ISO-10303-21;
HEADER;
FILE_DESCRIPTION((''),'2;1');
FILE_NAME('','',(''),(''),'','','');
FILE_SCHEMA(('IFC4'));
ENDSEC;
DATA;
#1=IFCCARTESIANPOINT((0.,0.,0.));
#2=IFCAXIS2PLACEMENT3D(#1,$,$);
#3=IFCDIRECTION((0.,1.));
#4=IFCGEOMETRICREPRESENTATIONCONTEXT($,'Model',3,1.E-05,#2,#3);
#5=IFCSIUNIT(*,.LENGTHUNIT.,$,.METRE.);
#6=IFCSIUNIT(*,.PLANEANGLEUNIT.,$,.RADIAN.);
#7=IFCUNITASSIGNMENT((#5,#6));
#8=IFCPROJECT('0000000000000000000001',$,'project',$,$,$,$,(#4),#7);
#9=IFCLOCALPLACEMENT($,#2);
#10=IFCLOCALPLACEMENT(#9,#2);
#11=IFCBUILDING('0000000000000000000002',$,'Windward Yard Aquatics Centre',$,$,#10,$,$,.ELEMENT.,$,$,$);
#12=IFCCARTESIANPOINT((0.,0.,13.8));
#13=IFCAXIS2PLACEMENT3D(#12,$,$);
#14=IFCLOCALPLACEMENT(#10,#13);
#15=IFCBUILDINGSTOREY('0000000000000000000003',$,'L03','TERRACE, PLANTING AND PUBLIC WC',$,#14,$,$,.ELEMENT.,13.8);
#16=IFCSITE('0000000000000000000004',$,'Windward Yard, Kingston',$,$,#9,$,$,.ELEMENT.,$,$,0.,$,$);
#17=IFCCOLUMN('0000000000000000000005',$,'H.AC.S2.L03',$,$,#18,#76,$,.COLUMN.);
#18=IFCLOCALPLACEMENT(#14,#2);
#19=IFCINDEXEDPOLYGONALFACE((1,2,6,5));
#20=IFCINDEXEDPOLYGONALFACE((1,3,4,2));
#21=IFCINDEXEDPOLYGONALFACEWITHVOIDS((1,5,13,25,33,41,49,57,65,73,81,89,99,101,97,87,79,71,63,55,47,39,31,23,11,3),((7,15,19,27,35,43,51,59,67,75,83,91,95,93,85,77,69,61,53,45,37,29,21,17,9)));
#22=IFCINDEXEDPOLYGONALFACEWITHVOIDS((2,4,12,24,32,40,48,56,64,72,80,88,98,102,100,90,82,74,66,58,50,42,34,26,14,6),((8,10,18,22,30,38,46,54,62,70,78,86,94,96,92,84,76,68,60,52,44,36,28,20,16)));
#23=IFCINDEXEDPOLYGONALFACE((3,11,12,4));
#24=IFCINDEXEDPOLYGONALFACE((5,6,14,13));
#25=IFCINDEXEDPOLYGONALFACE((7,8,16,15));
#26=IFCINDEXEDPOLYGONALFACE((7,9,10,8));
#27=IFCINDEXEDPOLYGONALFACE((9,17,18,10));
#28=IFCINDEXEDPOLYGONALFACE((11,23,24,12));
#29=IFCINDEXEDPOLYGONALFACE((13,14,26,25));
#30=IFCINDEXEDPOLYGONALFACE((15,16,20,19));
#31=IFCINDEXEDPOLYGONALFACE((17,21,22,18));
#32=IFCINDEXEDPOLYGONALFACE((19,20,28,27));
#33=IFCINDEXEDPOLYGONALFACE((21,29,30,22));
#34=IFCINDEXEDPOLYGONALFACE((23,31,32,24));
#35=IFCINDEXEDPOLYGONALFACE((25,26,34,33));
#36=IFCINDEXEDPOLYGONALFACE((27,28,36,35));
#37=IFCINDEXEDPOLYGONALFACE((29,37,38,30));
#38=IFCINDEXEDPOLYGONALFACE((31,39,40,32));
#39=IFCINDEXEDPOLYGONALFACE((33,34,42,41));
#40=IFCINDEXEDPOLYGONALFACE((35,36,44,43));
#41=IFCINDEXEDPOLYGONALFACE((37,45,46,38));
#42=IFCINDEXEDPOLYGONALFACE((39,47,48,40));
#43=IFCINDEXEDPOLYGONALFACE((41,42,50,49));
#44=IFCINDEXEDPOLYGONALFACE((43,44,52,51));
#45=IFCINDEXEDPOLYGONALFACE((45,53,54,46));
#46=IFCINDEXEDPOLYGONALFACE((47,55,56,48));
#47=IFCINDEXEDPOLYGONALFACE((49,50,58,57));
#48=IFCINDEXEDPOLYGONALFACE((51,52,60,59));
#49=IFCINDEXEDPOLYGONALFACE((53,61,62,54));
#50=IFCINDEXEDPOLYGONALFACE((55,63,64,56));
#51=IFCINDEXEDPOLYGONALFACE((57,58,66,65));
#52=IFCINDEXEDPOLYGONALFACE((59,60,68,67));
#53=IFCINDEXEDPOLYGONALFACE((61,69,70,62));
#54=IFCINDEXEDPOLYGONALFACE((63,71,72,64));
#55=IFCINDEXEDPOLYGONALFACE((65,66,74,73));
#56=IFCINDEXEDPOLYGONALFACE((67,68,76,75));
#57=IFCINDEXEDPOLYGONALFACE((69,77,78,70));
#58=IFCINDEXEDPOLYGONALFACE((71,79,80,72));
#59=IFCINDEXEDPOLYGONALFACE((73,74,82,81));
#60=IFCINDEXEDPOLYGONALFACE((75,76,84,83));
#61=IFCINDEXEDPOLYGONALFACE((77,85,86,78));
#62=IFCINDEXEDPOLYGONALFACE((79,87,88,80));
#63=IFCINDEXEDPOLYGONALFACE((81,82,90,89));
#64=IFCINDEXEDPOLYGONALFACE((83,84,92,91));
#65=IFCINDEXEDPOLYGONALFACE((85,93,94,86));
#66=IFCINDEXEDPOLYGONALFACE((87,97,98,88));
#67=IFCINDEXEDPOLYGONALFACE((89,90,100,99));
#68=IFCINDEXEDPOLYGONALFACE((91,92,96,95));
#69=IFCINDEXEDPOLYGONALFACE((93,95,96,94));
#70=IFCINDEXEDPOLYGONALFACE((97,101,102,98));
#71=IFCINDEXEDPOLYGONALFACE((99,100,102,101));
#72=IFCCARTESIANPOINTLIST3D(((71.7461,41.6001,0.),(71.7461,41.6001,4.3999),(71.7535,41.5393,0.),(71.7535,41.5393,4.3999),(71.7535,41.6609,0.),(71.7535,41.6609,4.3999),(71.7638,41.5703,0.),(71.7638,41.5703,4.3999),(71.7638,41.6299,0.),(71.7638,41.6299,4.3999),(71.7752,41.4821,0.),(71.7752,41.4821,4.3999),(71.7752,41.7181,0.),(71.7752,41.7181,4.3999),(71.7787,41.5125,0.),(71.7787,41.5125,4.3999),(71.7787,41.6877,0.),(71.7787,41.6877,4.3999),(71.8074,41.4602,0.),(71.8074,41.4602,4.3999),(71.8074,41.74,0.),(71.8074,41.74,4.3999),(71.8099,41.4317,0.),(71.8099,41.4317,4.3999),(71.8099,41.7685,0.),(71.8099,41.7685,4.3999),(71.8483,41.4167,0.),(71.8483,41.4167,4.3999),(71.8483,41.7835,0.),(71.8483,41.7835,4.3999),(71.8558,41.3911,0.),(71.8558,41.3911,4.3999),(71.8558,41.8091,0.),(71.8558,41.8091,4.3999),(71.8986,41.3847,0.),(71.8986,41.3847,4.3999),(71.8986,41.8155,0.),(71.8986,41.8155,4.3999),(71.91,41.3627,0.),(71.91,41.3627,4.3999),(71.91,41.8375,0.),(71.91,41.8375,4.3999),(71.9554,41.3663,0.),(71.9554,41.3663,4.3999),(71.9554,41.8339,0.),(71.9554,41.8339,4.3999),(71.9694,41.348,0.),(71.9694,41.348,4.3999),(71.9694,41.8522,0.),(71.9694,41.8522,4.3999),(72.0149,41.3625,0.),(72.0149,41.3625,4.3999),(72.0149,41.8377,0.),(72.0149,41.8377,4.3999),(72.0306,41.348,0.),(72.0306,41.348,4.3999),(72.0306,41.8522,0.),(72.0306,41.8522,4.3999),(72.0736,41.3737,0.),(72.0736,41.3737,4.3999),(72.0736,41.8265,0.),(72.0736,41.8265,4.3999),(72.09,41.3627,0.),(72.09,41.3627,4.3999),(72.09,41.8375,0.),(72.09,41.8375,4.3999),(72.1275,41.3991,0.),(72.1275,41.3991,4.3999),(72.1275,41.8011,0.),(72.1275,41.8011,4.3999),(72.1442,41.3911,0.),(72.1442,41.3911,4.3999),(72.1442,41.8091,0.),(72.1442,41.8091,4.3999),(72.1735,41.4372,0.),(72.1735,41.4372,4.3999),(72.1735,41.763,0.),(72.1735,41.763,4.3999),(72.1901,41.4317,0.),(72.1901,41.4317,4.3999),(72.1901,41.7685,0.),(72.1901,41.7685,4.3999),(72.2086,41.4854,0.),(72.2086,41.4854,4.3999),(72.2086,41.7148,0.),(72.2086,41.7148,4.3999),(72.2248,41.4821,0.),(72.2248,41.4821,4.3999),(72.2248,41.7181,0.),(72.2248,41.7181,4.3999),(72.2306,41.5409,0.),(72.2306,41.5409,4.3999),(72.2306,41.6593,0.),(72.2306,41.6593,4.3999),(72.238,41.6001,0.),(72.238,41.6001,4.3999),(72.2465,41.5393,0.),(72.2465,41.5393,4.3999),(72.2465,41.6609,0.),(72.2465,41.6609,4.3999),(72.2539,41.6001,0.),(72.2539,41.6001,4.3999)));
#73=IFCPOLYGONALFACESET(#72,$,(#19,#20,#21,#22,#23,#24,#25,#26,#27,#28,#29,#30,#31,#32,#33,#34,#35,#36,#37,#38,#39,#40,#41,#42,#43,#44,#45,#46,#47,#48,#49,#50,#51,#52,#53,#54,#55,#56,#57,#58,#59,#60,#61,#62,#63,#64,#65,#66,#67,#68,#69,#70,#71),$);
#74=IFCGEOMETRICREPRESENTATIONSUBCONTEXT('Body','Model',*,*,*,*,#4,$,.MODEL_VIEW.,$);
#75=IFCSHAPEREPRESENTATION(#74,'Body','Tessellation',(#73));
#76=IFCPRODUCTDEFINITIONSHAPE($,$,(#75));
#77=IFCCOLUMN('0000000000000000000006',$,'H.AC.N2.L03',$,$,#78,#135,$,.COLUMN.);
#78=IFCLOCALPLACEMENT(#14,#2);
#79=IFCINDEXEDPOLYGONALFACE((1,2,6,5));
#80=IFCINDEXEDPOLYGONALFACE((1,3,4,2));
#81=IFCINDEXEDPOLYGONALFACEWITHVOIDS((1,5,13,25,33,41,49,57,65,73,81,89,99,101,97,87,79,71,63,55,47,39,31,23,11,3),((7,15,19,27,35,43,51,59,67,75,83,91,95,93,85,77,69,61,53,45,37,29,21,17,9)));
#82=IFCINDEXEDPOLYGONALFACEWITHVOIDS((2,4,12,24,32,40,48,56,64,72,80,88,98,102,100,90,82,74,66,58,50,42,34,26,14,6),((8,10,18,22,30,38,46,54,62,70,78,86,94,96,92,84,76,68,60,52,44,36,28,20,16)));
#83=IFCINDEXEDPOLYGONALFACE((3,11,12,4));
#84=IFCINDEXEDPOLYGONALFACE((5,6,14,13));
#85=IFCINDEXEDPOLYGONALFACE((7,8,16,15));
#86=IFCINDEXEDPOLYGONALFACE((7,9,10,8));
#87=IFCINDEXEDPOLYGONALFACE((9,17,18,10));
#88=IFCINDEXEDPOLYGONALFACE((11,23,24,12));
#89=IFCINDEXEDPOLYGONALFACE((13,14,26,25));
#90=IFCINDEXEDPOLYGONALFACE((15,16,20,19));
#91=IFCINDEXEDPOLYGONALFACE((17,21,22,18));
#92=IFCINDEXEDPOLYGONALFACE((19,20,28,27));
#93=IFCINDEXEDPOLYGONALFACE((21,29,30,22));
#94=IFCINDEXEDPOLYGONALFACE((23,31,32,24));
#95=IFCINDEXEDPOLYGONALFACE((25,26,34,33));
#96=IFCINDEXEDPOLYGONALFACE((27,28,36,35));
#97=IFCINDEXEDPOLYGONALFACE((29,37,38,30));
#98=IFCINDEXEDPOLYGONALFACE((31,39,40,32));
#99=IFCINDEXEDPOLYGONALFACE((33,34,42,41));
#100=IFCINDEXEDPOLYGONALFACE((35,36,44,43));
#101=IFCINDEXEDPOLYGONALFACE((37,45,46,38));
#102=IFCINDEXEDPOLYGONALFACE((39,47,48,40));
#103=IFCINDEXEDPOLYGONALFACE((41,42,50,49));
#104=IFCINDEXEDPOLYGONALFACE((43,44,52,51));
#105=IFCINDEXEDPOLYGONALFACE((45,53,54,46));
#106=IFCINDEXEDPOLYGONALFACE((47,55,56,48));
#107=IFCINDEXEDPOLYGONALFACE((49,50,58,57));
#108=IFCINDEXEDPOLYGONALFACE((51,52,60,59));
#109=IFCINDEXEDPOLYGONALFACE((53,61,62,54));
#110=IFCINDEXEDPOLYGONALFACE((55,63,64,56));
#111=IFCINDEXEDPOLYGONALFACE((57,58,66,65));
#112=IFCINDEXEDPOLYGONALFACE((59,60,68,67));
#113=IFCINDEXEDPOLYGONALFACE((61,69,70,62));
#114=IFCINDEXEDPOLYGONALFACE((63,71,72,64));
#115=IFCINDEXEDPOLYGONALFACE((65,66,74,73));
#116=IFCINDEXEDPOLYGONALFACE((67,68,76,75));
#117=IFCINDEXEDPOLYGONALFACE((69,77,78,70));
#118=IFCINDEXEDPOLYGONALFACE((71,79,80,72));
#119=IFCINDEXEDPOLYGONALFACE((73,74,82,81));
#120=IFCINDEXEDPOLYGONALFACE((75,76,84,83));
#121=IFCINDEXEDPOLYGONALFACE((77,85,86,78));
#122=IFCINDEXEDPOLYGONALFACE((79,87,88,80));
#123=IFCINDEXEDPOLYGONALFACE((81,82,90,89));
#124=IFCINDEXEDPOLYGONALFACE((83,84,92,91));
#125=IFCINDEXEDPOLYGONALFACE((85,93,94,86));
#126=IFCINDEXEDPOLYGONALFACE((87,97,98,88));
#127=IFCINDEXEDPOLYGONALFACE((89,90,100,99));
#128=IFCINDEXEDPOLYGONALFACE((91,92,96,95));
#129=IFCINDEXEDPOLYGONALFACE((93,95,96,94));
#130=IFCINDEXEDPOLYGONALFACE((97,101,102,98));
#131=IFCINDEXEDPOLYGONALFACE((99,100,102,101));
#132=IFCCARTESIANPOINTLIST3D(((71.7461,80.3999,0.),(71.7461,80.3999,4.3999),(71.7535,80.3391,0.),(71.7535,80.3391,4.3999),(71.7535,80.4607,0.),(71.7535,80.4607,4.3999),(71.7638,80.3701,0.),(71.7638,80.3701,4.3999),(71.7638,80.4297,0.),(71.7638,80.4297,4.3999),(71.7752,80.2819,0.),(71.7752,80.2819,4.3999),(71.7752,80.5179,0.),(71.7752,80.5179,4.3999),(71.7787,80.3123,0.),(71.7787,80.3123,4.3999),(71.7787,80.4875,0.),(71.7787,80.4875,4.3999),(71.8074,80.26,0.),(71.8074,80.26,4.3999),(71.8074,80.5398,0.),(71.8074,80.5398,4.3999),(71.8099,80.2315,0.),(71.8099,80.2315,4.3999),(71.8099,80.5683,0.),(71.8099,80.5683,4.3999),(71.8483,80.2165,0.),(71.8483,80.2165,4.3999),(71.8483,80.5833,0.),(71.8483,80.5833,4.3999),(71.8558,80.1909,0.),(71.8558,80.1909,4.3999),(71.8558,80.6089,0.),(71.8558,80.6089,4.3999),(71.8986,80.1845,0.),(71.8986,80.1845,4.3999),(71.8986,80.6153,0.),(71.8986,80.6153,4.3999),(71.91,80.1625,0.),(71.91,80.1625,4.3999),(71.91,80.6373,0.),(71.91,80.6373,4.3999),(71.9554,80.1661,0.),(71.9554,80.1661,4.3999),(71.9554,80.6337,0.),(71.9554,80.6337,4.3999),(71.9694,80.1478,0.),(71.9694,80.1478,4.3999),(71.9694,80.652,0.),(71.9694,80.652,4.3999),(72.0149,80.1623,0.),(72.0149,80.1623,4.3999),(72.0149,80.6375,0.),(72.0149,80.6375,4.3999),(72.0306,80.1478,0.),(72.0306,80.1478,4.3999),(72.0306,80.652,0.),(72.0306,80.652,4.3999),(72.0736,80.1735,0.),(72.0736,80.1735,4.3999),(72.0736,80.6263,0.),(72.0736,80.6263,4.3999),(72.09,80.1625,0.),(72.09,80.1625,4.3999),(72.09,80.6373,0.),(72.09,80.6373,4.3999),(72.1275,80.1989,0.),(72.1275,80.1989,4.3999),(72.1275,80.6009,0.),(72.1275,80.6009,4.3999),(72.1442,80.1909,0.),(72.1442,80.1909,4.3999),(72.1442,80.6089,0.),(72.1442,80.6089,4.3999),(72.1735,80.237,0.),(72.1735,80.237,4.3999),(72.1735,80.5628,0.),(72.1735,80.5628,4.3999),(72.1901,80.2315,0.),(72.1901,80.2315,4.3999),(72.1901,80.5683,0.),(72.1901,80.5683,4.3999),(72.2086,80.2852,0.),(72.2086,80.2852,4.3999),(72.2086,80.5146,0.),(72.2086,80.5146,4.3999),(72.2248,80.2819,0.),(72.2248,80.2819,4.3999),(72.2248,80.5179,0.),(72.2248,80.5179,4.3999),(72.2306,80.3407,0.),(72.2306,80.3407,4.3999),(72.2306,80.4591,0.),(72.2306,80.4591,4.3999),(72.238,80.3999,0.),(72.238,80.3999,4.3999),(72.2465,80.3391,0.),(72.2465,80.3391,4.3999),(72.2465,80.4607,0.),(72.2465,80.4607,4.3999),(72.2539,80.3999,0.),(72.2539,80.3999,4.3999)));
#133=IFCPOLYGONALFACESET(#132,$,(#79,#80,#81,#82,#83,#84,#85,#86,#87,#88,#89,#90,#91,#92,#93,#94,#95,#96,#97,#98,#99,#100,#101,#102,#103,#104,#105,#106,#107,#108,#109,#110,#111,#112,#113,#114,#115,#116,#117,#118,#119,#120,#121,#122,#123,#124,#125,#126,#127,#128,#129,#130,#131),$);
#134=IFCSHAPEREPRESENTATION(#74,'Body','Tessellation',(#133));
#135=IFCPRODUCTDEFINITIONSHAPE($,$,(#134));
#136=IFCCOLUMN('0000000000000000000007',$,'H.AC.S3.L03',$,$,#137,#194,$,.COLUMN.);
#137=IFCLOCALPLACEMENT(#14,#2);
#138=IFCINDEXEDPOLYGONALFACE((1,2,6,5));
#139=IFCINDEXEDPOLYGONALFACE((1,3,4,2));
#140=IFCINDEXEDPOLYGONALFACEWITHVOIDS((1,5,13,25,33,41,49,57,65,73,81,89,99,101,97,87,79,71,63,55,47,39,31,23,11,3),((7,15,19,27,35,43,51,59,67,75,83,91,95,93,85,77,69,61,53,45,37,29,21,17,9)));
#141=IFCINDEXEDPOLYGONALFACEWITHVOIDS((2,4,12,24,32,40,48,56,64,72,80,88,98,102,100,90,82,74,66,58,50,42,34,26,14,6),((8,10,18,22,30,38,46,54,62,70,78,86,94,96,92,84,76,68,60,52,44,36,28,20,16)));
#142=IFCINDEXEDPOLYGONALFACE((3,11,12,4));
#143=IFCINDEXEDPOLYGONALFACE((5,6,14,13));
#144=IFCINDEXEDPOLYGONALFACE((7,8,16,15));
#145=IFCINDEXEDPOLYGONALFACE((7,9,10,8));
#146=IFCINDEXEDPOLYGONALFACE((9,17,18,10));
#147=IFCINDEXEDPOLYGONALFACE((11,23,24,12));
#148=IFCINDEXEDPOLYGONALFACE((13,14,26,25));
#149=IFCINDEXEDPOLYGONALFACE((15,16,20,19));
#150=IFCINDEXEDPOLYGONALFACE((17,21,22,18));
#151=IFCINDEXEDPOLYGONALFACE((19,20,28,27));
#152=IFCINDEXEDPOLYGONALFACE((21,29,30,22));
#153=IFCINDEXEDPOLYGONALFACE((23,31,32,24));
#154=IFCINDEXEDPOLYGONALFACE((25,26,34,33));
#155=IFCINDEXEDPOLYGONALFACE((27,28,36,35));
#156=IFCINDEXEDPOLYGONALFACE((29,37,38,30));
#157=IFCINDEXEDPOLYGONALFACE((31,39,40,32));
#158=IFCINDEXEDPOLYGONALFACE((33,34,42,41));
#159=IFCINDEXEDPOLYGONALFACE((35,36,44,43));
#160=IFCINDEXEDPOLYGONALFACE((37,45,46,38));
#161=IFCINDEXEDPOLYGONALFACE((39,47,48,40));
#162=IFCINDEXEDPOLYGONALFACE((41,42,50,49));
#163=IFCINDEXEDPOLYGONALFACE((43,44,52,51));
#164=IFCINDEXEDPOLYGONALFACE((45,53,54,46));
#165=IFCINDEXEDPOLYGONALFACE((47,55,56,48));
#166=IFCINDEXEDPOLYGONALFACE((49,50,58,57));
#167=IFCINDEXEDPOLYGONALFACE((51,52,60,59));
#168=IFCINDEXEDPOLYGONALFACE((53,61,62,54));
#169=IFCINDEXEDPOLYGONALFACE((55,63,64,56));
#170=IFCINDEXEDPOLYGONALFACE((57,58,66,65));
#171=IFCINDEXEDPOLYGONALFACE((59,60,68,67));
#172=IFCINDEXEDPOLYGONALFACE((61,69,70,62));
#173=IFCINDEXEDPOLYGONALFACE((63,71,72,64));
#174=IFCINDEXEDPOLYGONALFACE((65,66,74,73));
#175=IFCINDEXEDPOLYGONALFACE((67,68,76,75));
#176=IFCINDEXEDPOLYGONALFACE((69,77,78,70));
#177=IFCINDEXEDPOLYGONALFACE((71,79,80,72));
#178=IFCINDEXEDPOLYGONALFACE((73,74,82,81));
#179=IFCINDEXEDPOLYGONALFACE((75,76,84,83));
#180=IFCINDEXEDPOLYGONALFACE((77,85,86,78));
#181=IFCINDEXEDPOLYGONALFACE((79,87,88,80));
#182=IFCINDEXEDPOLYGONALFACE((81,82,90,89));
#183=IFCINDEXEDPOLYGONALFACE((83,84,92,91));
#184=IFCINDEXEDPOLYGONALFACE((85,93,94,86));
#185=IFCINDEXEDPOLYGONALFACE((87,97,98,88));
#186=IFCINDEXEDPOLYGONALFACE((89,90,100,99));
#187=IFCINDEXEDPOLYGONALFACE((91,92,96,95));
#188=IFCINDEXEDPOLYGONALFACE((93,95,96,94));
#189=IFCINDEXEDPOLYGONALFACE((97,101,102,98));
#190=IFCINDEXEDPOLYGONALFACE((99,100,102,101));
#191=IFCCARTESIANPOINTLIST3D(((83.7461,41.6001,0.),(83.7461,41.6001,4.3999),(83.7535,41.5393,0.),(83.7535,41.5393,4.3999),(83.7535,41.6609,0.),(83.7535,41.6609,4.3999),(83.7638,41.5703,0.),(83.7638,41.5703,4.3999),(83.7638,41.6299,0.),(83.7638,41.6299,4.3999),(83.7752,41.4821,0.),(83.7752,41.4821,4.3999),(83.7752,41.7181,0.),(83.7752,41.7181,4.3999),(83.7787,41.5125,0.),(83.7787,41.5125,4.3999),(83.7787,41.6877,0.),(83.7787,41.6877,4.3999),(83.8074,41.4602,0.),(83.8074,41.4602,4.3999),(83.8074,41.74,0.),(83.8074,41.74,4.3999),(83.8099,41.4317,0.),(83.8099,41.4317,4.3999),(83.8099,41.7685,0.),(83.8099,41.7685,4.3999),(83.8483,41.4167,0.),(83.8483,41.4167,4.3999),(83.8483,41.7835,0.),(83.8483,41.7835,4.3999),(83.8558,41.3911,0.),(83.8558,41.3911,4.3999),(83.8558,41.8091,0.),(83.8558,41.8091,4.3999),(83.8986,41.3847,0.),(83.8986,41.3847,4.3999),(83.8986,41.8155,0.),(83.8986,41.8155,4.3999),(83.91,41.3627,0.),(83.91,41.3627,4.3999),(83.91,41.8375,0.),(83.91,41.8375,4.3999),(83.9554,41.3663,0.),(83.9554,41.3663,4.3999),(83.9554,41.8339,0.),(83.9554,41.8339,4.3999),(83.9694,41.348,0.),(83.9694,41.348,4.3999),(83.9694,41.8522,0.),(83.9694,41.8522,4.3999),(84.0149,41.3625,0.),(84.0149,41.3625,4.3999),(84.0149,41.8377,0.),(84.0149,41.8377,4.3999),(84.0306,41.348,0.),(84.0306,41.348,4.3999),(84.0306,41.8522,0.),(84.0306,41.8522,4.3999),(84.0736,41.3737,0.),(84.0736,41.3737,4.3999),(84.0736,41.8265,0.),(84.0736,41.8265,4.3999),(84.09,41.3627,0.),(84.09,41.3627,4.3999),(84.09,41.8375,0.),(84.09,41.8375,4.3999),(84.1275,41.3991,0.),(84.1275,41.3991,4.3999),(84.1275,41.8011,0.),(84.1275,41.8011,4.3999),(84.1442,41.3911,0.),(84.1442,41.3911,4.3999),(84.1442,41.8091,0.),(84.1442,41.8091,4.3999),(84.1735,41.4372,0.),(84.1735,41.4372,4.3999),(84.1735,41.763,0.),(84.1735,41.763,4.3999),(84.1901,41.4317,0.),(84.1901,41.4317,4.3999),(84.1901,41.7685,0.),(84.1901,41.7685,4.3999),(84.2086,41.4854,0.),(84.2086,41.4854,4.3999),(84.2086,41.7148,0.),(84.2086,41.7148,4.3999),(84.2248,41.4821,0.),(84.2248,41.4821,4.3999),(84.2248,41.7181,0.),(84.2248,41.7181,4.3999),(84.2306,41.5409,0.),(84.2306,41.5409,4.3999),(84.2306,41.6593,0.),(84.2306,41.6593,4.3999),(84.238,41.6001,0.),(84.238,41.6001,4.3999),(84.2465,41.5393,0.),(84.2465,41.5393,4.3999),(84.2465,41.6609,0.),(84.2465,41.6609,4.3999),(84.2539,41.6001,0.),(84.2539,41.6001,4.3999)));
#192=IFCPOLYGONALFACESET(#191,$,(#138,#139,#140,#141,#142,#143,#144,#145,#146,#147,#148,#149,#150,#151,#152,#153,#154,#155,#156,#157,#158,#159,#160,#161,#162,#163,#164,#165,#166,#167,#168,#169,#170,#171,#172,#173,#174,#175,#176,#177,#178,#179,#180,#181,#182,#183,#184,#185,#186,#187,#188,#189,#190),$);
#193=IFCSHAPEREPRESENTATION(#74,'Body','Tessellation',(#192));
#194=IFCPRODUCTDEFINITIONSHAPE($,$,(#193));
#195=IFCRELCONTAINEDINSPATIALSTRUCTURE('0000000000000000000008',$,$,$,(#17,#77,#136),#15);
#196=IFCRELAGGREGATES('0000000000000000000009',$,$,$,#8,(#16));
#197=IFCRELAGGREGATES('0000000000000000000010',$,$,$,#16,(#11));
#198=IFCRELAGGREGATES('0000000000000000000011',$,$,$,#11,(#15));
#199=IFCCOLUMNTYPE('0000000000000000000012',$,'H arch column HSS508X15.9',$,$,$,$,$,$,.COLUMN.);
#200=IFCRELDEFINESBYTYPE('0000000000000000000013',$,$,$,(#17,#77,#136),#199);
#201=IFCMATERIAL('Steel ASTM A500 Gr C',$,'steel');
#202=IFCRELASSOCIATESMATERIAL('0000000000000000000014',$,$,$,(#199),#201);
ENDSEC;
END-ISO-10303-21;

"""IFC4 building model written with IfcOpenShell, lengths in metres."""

from ifc_helpers import new_model, si_unit, direction, frame, origin, origin_2d, place, context, subcontext, project, spatial, hollow_circle, extrude, material, material_profile, profile_set, type_object, element, save


model = new_model("IFC4")

# Units and contexts
model_context = context("Model", 3, precision=1e-05, world=origin(), true_north=direction((0.0, 1.0)))
body_context = subcontext(model_context, "Body", "Model", "MODEL_VIEW")
ifc_project = project(units=[si_unit("LENGTHUNIT", "METRE"), si_unit("PLANEANGLEUNIT", "RADIAN")], contexts=[model_context])

# Site, building, storey
site_placement = place(None, origin())
site = spatial("IfcSite", under=ifc_project, at=site_placement, Name="Windward Yard, Kingston", CompositionType="ELEMENT", RefElevation=0.0)
building_placement = place(site_placement, origin())
building = spatial("IfcBuilding", under=site, at=building_placement, Name="Windward Yard Aquatics Centre", CompositionType="ELEMENT")
storey_placement = place(building_placement, frame((0.0, 0.0, 13.8)))
storey = spatial("IfcBuildingStorey", under=building, at=storey_placement, Name="L03", Description="TERRACE, PLANTING AND PUBLIC WC", CompositionType="ELEMENT", Elevation=13.8)

# Columns
ifc_material_1 = material(Name="Steel ASTM A500 Gr C", Category="steel")
ifc_material_profile_1 = material_profile(ifc_material_1, hollow_circle(Radius=0.2539, WallThickness=0.0159, at=origin_2d()), Name="HSS508X15.9")
ifc_profile_set_1 = profile_set([ifc_material_profile_1], Name="Steel ASTM A500 Gr C")
column_type = type_object("IfcColumnType", Name="H arch column HSS508X15.9", PredefinedType="COLUMN", material=ifc_profile_set_1)
for number, where, z_axis, x_axis, name in (
    (1, (72.0, 41.6001, 0.0), (0.0, 0.0, 1.0), (1.0, 0.0, 0.0), "H.AC.S2.L03"),
    (2, (72.0, 80.3999, 0.0), (0.0, 0.0, 1.0), (1.0, 0.0, 0.0), "H.AC.N2.L03"),
    (3, (84.0, 41.6001, 0.0), (0.0, 0.0, 1.0), (1.0, 0.0, 0.0), "H.AC.S3.L03"),
):
    element("IfcColumn", number, at=place(storey_placement, frame(where, z_axis=z_axis, x_axis=x_axis)), inside=storey, type_object=column_type, Name=name, PredefinedType="COLUMN", context=body_context, shape_type="SweptSolid", body=[
        extrude(hollow_circle(Radius=0.2539, WallThickness=0.0159, at=origin_2d()), origin(), (0.0, 0.0, 1.0), 4.3999),
    ])

save(model, "model.ifc")
